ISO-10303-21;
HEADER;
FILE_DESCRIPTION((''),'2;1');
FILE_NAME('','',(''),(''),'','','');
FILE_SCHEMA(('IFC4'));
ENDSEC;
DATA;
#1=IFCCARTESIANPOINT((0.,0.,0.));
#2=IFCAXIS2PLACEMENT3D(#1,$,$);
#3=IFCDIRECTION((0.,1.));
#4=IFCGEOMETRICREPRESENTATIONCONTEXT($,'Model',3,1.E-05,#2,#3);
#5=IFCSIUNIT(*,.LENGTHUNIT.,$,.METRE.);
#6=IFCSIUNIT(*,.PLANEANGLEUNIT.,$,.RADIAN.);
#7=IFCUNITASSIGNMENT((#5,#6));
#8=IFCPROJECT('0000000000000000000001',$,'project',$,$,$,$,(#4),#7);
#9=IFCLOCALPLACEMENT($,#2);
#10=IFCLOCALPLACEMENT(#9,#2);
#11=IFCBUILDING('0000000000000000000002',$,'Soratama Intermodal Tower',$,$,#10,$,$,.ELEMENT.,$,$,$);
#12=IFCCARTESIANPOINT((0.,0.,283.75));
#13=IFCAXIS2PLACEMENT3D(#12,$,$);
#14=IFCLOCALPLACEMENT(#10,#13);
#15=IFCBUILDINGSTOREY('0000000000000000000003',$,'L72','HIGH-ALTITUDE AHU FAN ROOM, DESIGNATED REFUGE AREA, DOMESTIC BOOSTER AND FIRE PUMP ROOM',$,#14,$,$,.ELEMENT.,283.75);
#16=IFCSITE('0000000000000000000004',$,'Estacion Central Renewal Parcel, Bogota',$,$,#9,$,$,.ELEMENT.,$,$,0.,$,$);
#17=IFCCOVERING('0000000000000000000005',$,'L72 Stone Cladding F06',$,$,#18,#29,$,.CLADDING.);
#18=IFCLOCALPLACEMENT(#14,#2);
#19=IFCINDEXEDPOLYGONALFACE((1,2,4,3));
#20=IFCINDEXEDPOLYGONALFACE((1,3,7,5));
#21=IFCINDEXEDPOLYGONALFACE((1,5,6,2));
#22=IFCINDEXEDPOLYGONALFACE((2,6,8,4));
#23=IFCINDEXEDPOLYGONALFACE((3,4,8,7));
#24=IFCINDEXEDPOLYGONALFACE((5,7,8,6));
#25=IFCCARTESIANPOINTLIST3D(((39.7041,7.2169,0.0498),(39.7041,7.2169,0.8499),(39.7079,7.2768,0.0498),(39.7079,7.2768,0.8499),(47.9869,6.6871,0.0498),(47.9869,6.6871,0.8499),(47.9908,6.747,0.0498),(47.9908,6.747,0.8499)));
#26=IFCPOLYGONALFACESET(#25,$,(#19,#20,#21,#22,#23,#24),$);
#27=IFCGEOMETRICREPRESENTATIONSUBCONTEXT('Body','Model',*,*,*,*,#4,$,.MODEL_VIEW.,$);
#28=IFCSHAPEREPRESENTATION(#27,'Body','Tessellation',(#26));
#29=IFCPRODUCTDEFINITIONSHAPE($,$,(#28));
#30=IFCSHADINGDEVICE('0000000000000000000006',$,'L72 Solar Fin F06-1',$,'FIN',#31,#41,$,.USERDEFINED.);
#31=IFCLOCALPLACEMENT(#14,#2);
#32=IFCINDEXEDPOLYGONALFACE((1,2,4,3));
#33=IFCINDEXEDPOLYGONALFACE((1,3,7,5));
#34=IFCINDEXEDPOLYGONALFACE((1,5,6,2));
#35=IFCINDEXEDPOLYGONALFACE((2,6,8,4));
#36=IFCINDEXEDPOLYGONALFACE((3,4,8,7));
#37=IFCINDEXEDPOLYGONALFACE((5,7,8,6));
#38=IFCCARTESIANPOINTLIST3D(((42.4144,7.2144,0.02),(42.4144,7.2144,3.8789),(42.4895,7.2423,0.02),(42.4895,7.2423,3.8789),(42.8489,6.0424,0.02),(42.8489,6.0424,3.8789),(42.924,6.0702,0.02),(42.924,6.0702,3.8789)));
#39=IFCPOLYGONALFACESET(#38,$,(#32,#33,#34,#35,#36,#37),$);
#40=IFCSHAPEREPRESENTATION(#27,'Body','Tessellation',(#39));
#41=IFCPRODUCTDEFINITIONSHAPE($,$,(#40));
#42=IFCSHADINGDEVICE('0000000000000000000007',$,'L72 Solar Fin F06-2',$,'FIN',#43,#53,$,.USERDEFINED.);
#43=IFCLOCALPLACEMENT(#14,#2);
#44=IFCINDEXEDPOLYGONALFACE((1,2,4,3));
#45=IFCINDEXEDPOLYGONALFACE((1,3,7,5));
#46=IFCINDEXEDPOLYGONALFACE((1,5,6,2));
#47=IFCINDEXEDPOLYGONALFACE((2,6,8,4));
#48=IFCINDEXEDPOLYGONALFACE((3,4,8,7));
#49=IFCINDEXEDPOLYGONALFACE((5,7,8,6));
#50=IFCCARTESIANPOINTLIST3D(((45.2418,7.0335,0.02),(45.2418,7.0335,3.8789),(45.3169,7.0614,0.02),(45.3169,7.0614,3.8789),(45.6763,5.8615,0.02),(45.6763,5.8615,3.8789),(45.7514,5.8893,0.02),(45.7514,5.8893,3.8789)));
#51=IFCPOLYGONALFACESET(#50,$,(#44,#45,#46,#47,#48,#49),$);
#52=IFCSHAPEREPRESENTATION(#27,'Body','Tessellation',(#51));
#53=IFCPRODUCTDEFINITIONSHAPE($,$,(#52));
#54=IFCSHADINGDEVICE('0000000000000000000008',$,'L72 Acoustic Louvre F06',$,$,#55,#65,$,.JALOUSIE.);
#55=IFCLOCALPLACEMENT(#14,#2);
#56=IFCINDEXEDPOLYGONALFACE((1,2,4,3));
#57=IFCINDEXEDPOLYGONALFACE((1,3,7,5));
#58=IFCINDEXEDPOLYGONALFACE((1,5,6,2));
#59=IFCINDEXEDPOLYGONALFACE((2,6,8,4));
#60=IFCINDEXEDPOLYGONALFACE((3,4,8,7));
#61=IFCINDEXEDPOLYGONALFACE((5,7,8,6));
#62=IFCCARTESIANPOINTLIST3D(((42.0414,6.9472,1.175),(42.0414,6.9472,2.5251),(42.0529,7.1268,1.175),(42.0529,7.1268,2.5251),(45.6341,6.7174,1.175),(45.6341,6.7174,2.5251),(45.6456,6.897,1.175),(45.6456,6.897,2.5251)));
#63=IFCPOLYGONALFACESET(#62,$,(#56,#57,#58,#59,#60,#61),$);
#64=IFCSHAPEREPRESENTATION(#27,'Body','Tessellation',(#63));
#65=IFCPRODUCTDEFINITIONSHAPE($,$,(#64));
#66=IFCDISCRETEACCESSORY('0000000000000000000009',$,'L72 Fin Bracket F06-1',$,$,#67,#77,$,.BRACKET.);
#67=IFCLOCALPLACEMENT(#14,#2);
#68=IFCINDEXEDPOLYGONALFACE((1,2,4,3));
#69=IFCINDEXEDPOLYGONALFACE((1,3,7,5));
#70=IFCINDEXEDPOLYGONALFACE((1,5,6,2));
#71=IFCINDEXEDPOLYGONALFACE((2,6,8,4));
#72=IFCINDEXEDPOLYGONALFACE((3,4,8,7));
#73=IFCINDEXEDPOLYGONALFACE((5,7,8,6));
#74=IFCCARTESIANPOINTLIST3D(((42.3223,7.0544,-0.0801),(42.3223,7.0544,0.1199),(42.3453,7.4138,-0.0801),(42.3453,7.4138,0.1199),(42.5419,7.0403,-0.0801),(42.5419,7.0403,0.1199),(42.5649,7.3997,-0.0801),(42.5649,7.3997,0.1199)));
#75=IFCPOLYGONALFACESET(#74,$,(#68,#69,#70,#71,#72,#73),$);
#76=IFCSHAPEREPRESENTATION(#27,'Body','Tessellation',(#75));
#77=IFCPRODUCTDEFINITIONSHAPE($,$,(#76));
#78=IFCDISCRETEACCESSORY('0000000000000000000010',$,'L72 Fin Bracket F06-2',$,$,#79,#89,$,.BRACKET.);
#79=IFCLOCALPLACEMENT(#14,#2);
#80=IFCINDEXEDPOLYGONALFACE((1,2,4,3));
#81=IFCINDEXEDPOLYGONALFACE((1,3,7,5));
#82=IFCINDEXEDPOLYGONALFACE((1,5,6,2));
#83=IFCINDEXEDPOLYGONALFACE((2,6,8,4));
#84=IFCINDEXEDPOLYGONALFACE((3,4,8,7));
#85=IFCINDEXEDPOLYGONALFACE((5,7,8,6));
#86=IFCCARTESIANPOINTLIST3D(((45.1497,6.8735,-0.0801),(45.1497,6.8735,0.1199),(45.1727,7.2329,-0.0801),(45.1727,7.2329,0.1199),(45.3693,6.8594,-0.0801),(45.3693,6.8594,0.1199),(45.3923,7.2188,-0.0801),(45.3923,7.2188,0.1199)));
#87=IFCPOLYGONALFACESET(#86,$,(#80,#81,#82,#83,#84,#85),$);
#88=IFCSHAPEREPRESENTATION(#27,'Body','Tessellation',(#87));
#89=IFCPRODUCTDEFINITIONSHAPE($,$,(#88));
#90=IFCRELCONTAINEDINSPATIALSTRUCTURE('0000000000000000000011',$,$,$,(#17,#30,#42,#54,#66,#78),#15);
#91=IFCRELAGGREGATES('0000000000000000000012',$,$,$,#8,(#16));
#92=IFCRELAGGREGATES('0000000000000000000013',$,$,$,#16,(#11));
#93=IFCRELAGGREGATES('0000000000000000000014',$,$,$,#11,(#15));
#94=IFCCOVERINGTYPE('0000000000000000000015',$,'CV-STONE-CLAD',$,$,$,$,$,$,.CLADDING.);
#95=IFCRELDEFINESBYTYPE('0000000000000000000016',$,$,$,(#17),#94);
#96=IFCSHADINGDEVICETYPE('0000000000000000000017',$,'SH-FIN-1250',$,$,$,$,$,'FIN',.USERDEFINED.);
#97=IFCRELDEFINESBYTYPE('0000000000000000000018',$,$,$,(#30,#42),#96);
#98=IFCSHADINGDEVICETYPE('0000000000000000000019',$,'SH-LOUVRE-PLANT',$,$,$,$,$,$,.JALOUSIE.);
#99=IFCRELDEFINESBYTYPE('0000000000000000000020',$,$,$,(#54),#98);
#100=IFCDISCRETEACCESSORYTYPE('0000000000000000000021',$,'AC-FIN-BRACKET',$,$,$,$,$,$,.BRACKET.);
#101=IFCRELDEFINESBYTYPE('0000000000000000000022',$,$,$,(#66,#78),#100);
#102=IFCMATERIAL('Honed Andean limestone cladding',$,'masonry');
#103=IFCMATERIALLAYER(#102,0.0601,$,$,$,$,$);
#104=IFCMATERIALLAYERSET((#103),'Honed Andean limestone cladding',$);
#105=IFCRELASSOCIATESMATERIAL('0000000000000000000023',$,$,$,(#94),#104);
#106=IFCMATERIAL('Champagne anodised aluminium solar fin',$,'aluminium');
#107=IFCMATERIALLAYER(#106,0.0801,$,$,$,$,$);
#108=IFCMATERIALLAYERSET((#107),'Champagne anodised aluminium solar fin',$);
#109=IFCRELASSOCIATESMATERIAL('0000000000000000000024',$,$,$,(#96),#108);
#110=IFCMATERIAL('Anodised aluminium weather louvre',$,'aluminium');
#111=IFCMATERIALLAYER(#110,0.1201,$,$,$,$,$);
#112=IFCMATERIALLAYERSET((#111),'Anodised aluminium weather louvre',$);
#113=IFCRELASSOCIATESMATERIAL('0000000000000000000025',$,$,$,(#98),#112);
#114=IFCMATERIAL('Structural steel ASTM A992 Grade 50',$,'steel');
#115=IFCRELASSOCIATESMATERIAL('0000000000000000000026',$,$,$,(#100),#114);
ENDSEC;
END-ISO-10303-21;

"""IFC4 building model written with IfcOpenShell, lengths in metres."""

from ifc_helpers import new_model, si_unit, direction, frame, origin, origin_2d, place, context, subcontext, project, spatial, rectangle, extrude, material, layer, layer_set, type_object, element, save


model = new_model("IFC4")

# Units and contexts
model_context = context("Model", 3, precision=1e-05, world=origin(), true_north=direction((0.0, 1.0)))
body_context = subcontext(model_context, "Body", "Model", "MODEL_VIEW")
ifc_project = project(units=[si_unit("LENGTHUNIT", "METRE"), si_unit("PLANEANGLEUNIT", "RADIAN")], contexts=[model_context])

# Site, building, storey
site_placement = place(None, origin())
site = spatial("IfcSite", under=ifc_project, at=site_placement, Name="Estacion Central Renewal Parcel, Bogota", CompositionType="ELEMENT", RefElevation=0.0)
building_placement = place(site_placement, origin())
building = spatial("IfcBuilding", under=site, at=building_placement, Name="Soratama Intermodal Tower", CompositionType="ELEMENT")
storey_placement = place(building_placement, frame((0.0, 0.0, 283.75)))
storey = spatial("IfcBuildingStorey", under=building, at=storey_placement, Name="L72", Description="HIGH-ALTITUDE AHU FAN ROOM, DESIGNATED REFUGE AREA, DOMESTIC BOOSTER AND FIRE PUMP ROOM", CompositionType="ELEMENT", Elevation=283.75)

# Covering
ifc_material_1 = material(Name="Honed Andean limestone cladding", Category="masonry")
ifc_layer_1 = layer(ifc_material_1, 0.0601)
ifc_layer_set_1 = layer_set([ifc_layer_1], Name="Honed Andean limestone cladding")
covering_type = type_object("IfcCoveringType", Name="CV-STONE-CLAD", PredefinedType="CLADDING", material=ifc_layer_set_1)
covering_placement = place(storey_placement, frame((43.8474, 6.9819, 0.0498), z_axis=(0.0, 0.0, 1.0), x_axis=(0.99796, -0.063836, 0.0)))
element("IfcCovering", 1, at=covering_placement, inside=storey, type_object=covering_type, Name="L72 Stone Cladding F06", PredefinedType="CLADDING", context=body_context, shape_type="SweptSolid", body=[
    extrude(rectangle(XDim=8.2998, YDim=0.0601, at=origin_2d()), origin(), (0.0, 0.0, 1.0), 0.8),
])

# Shading devices
ifc_material_2 = material(Name="Champagne anodised aluminium solar fin", Category="aluminium")
ifc_layer_2 = layer(ifc_material_2, 0.0801)
ifc_layer_set_2 = layer_set([ifc_layer_2], Name="Champagne anodised aluminium solar fin")
shading_device_type_1 = type_object("IfcShadingDeviceType", Name="SH-FIN-1250", ElementType="FIN", PredefinedType="USERDEFINED", material=ifc_layer_set_2)
for number, where, z_axis, x_axis, name in (
    (2, (42.6692, 6.6423, 0.02), (0.0, 0.0, 1.0), (0.34759, -0.937646, 0.0), "L72 Solar Fin F06-1"),
    (3, (45.4966, 6.4614, 0.02), (0.0, 0.0, 1.0), (0.34759, -0.937646, 0.0), "L72 Solar Fin F06-2"),
):
    element("IfcShadingDevice", number, at=place(storey_placement, frame(where, z_axis=z_axis, x_axis=x_axis)), inside=storey, type_object=shading_device_type_1, Name=name, ObjectType="FIN", PredefinedType="USERDEFINED", context=body_context, shape_type="SweptSolid", body=[
        extrude(rectangle(XDim=1.25, YDim=0.0801, at=origin_2d()), origin(), (0.0, 0.0, 1.0), 3.8589),
    ])
ifc_material_3 = material(Name="Anodised aluminium weather louvre", Category="aluminium")
ifc_layer_3 = layer(ifc_material_3, 0.1201)
ifc_layer_set_3 = layer_set([ifc_layer_3], Name="Anodised aluminium weather louvre")
shading_device_type_2 = type_object("IfcShadingDeviceType", Name="SH-LOUVRE-PLANT", PredefinedType="JALOUSIE", material=ifc_layer_set_3)
shading_device_placement = place(storey_placement, frame((43.8435, 6.9221, 1.175), z_axis=(0.0, 0.0, 1.0), x_axis=(0.99796, -0.063836, 0.0)))
element("IfcShadingDevice", 4, at=shading_device_placement, inside=storey, type_object=shading_device_type_2, Name="L72 Acoustic Louvre F06", PredefinedType="JALOUSIE", context=body_context, shape_type="SweptSolid", body=[
    extrude(rectangle(XDim=3.6001, YDim=0.1799, at=origin_2d()), origin(), (0.0, 0.0, 1.0), 1.3501),
])

# Discrete accessories
ifc_material_4 = material(Name="Structural steel ASTM A992 Grade 50", Category="steel")
discrete_accessory_type = type_object("IfcDiscreteAccessoryType", Name="AC-FIN-BRACKET", PredefinedType="BRACKET", material=ifc_material_4)
for number, where, z_axis, x_axis, name in (
    (5, (42.4436, 7.2271, -0.0801), (0.0, 0.0, 1.0), (-0.063836, -0.99796, 0.0), "L72 Fin Bracket F06-1"),
    (6, (45.271, 7.0461, -0.0801), (0.0, 0.0, 1.0), (-0.063836, -0.99796, 0.0), "L72 Fin Bracket F06-2"),
):
    element("IfcDiscreteAccessory", number, at=place(storey_placement, frame(where, z_axis=z_axis, x_axis=x_axis)), inside=storey, type_object=discrete_accessory_type, Name=name, PredefinedType="BRACKET", context=body_context, shape_type="SweptSolid", body=[
        extrude(rectangle(XDim=0.3601, YDim=0.22, at=origin_2d()), origin(), (0.0, 0.0, 1.0), 0.2),
    ])

save(model, "model.ifc")
